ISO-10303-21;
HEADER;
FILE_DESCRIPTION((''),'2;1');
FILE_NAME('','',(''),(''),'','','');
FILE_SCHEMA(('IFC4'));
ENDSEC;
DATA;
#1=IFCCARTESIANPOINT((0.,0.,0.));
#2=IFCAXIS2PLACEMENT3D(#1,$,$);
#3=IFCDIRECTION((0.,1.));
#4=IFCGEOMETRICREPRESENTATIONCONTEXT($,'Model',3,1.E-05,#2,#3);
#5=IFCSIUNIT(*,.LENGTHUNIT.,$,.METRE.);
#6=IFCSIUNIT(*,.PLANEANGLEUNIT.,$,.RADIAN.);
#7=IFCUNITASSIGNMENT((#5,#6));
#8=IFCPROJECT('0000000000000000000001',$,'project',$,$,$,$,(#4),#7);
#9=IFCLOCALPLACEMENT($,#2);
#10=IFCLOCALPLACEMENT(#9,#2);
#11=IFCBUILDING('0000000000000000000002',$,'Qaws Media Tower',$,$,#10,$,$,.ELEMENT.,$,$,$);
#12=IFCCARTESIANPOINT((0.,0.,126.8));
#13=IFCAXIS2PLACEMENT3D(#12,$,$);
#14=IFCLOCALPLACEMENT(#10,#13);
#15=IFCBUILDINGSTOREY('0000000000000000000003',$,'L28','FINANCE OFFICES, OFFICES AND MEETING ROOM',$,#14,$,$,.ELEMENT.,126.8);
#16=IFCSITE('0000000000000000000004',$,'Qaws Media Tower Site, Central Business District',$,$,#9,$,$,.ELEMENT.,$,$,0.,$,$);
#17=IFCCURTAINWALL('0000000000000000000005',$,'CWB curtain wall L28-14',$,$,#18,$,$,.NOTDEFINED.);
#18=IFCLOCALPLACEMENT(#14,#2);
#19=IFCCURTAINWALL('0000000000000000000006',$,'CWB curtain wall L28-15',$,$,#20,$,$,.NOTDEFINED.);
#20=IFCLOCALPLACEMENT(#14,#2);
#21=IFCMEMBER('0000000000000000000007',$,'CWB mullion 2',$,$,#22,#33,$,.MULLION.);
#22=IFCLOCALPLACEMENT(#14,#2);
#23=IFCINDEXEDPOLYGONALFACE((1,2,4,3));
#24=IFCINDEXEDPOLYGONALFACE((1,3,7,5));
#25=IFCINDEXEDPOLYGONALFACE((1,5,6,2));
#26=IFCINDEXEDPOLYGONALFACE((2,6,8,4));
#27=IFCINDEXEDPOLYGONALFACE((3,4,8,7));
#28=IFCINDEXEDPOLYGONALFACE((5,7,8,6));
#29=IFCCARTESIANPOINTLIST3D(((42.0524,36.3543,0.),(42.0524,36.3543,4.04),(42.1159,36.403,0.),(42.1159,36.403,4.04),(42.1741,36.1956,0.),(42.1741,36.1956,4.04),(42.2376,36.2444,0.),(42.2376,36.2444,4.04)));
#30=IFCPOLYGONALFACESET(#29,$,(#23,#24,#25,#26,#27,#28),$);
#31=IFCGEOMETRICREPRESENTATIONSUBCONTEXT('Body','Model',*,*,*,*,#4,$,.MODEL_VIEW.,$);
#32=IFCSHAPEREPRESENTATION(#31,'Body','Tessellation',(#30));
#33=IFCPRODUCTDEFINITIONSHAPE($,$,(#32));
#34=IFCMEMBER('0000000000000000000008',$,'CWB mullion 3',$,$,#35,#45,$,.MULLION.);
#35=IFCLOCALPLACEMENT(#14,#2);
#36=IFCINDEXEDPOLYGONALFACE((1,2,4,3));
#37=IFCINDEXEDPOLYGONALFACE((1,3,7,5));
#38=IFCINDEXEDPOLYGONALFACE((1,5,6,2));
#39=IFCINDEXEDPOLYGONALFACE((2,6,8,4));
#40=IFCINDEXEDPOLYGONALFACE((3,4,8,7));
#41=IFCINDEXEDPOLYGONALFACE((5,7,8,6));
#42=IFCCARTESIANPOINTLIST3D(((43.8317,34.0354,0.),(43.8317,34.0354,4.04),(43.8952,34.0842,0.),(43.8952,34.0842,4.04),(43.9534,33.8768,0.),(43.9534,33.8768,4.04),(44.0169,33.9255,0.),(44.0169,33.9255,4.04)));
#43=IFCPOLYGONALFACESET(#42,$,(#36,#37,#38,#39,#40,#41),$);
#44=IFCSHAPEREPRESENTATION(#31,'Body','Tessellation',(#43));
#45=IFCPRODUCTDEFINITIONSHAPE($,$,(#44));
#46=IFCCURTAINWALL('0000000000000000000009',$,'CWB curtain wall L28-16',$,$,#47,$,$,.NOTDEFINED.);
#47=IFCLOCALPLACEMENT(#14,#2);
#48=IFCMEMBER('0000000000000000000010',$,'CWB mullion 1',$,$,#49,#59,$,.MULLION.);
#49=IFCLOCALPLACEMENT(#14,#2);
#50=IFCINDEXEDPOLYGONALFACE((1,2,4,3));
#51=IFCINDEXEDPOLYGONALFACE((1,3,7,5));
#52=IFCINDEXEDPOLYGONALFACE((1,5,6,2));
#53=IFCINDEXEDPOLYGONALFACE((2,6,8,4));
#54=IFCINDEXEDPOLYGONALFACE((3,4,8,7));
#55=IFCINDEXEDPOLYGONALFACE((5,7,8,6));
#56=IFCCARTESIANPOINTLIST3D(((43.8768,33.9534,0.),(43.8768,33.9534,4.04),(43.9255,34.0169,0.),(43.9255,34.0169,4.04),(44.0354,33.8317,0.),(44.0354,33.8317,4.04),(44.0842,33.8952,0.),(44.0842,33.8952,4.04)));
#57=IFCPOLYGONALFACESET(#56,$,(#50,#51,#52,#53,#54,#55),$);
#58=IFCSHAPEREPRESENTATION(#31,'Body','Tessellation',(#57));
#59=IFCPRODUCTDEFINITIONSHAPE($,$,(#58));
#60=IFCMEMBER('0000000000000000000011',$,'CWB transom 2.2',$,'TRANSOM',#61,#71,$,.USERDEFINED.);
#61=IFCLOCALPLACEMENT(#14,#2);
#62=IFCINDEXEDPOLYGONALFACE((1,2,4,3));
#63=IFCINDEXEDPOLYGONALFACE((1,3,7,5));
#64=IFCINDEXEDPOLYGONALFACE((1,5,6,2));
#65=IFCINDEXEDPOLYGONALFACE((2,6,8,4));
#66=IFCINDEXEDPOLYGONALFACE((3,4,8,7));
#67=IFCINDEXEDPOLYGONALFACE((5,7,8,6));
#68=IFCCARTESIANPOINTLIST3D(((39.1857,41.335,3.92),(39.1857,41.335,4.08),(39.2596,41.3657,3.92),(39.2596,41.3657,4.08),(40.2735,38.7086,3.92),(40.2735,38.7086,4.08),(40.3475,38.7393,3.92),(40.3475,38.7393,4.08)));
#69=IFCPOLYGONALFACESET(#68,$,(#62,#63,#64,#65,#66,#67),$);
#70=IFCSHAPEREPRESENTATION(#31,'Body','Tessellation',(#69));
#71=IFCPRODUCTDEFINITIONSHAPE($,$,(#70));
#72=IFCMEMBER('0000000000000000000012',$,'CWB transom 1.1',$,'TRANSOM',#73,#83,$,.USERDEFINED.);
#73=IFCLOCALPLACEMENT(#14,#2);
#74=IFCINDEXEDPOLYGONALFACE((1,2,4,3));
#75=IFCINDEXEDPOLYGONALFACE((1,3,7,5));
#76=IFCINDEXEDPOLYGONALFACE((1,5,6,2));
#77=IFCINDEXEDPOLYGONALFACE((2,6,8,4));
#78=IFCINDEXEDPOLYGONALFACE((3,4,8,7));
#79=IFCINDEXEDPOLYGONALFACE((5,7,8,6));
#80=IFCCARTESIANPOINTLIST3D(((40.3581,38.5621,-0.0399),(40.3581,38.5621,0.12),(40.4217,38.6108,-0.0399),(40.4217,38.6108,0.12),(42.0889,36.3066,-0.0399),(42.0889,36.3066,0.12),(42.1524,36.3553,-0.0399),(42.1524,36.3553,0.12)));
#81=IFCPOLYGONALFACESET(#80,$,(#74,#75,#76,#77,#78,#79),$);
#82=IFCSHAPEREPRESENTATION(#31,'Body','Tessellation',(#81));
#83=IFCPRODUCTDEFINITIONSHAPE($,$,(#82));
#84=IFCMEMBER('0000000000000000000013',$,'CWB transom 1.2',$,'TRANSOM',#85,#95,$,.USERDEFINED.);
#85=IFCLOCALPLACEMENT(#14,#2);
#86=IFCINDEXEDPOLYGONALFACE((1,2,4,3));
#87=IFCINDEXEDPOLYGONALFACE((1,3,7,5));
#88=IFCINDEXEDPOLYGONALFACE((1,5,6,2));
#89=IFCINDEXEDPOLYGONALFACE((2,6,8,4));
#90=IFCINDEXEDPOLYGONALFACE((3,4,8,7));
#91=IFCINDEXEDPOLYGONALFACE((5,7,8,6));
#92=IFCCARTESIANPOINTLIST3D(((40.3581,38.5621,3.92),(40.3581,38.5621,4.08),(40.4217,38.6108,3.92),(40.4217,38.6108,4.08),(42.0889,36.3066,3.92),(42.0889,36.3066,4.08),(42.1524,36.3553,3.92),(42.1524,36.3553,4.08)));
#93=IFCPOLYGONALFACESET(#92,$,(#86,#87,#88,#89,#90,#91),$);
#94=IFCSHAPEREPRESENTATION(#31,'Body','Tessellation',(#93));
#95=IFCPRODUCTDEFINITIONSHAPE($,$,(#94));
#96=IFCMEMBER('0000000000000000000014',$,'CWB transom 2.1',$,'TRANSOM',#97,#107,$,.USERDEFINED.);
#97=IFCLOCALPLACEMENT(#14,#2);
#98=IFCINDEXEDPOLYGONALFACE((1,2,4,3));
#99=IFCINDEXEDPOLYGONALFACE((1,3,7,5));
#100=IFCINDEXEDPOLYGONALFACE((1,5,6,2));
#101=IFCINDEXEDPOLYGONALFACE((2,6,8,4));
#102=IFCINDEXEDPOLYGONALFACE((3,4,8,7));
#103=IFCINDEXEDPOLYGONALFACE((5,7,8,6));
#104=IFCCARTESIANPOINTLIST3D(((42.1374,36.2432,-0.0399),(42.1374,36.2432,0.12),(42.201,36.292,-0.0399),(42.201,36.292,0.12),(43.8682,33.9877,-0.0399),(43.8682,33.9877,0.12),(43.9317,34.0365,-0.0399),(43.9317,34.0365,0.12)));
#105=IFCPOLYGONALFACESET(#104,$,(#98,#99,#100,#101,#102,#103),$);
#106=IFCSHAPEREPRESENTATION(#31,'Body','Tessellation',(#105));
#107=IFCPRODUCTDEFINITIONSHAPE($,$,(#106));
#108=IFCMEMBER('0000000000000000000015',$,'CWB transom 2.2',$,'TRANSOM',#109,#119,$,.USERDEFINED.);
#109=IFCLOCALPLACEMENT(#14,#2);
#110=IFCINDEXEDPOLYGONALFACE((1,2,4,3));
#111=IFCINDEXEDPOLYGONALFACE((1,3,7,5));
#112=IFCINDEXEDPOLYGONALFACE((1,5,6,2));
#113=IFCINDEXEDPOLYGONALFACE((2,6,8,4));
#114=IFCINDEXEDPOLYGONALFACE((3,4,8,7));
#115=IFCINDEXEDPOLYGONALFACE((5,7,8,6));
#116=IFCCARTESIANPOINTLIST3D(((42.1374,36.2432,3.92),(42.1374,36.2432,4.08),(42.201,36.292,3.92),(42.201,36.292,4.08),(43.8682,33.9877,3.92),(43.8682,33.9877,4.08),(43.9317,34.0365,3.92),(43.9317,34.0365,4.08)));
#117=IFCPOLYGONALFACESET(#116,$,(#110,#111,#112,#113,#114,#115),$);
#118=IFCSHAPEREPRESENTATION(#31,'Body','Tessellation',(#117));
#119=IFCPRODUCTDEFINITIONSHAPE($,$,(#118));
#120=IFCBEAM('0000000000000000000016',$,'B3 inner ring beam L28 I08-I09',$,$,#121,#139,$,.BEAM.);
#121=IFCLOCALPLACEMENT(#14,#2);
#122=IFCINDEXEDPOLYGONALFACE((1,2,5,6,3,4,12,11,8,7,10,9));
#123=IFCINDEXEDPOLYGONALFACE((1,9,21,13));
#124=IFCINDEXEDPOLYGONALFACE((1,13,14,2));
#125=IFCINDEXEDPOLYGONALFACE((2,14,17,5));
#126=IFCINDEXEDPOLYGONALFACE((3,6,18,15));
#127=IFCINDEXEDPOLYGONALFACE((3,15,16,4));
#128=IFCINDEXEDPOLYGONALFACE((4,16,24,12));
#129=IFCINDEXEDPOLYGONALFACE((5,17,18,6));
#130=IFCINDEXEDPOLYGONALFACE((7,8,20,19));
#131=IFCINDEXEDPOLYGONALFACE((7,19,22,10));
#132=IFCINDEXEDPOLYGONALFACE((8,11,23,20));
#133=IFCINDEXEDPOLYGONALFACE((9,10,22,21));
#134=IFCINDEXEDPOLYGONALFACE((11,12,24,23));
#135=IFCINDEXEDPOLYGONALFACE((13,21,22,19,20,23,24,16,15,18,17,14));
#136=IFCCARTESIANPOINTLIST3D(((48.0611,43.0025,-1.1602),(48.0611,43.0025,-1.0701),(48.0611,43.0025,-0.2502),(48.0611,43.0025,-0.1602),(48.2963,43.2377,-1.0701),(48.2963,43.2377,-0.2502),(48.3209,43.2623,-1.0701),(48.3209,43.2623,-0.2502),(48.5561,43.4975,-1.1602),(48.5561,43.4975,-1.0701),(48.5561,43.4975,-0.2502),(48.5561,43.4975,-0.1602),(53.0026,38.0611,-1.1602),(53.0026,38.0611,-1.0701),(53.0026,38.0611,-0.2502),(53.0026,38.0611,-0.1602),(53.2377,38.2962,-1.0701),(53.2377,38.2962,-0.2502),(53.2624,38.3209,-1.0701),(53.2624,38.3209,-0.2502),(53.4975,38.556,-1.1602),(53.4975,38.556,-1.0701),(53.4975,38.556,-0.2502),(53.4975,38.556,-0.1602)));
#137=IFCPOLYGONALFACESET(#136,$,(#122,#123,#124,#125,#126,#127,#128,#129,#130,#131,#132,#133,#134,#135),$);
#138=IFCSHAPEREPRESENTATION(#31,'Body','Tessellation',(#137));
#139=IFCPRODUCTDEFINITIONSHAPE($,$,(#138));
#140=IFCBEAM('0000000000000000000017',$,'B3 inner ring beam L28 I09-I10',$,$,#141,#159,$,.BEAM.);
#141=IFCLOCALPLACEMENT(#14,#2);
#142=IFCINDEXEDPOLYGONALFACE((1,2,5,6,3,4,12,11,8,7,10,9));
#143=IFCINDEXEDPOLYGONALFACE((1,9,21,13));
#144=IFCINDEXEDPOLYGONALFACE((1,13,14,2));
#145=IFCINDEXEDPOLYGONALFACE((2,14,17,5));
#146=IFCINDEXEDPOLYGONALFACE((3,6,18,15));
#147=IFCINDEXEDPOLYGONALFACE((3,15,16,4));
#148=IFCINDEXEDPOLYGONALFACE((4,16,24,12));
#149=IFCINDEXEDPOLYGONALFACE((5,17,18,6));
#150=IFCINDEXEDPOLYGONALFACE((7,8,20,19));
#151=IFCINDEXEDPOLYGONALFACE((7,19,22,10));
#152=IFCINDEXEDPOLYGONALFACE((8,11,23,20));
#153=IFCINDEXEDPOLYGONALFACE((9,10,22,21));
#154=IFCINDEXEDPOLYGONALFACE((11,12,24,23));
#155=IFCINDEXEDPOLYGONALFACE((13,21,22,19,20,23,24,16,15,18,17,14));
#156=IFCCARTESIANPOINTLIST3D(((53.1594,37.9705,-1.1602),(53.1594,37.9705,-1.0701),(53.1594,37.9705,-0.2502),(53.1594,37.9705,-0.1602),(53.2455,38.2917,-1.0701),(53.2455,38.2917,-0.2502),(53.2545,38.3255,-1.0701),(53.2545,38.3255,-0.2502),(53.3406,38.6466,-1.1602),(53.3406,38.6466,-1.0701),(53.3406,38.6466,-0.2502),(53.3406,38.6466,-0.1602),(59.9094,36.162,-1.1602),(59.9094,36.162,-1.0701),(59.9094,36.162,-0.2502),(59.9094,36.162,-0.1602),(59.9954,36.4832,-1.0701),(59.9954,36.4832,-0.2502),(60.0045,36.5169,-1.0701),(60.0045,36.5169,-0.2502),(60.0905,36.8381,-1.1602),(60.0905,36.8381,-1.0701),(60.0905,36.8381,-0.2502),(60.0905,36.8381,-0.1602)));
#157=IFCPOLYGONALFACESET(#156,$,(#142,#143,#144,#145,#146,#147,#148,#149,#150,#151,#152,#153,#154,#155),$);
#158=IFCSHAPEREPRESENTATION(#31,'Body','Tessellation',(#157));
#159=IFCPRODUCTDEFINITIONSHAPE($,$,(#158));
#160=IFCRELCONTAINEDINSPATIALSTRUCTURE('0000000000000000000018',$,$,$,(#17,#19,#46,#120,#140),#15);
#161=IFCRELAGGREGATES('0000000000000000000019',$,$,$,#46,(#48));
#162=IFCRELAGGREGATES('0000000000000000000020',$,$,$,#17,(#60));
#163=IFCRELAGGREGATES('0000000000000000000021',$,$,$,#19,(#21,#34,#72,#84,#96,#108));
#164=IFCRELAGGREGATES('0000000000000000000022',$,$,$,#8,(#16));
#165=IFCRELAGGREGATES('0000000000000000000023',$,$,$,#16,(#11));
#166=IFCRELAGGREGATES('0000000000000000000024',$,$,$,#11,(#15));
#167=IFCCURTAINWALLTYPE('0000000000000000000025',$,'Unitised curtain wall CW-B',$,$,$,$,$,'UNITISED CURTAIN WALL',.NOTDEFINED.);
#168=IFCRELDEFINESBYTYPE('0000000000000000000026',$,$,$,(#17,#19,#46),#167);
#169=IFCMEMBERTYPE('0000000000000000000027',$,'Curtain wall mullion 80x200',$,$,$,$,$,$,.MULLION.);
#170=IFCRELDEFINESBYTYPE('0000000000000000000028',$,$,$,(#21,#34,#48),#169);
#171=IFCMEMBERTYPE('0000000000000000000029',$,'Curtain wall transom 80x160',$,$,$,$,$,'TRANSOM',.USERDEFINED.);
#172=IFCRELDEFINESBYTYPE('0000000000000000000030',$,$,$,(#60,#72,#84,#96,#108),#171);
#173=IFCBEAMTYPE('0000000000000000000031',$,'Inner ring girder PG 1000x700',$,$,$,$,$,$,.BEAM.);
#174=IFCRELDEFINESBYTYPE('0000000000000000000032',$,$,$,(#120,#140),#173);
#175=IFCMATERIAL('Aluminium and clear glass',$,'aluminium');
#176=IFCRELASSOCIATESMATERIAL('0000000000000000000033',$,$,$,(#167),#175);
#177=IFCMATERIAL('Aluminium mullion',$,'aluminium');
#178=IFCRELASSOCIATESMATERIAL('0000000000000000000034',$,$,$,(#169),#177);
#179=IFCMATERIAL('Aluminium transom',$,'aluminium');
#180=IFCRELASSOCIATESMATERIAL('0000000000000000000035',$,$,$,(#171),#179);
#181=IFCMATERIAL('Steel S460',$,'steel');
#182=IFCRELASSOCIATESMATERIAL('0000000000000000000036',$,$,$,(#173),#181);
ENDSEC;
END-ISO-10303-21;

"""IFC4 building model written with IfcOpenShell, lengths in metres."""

from ifc_helpers import new_model, si_unit, direction, frame, origin, origin_2d, place, context, subcontext, project, spatial, rectangle, i_section, extrude, material, material_profile, profile_set, type_object, element, aggregate, save


model = new_model("IFC4")

# Units and contexts
model_context = context("Model", 3, precision=1e-05, world=origin(), true_north=direction((0.0, 1.0)))
body_context = subcontext(model_context, "Body", "Model", "MODEL_VIEW")
ifc_project = project(units=[si_unit("LENGTHUNIT", "METRE"), si_unit("PLANEANGLEUNIT", "RADIAN")], contexts=[model_context])

# Site, building, storey
site_placement = place(None, origin())
site = spatial("IfcSite", under=ifc_project, at=site_placement, Name="Qaws Media Tower Site, Central Business District", CompositionType="ELEMENT", RefElevation=0.0)
building_placement = place(site_placement, origin())
building = spatial("IfcBuilding", under=site, at=building_placement, Name="Qaws Media Tower", CompositionType="ELEMENT")
storey_placement = place(building_placement, frame((0.0, 0.0, 126.8)))
storey = spatial("IfcBuildingStorey", under=building, at=storey_placement, Name="L28", Description="FINANCE OFFICES, OFFICES AND MEETING ROOM", CompositionType="ELEMENT", Elevation=126.8)

# Curtain wall
ifc_material_1 = material(Name="Aluminium and clear glass", Category="aluminium")
curtain_wall_type = type_object("IfcCurtainWallType", Name="Unitised curtain wall CW-B", ElementType="UNITISED CURTAIN WALL", PredefinedType="NOTDEFINED", material=ifc_material_1)
curtain_wall_1_placement = place(storey_placement, origin())
curtain_wall_1 = element("IfcCurtainWall", 1, at=curtain_wall_1_placement, inside=storey, type_object=curtain_wall_type, Name="CWB curtain wall L28-14", PredefinedType="NOTDEFINED")
ifc_material_2 = material(Name="Aluminium mullion", Category="aluminium")
ifc_material_profile_1 = material_profile(ifc_material_2, rectangle(XDim=0.0801, YDim=0.2, at=origin_2d()), Name="80x200")
ifc_profile_set_1 = profile_set([ifc_material_profile_1], Name="Aluminium mullion")
member_type_1 = type_object("IfcMemberType", Name="Curtain wall mullion 80x200", PredefinedType="MULLION", material=ifc_profile_set_1)

# Curtain wall, members
curtain_wall_2_placement = place(storey_placement, origin())
curtain_wall_2 = element("IfcCurtainWall", 2, at=curtain_wall_2_placement, inside=storey, type_object=curtain_wall_type, Name="CWB curtain wall L28-15", PredefinedType="NOTDEFINED")
member_1_placement = place(storey_placement, frame((42.145, 36.2993, 0.0), z_axis=(0.0, 0.0, 1.0), x_axis=(0.793353, 0.608761, 0.0)))
member_1 = element("IfcMember", 3, at=member_1_placement, type_object=member_type_1, Name="CWB mullion 2", PredefinedType="MULLION", context=body_context, shape_type="SweptSolid", body=[
    extrude(rectangle(XDim=0.0801, YDim=0.2, at=origin_2d()), origin(), (0.0, 0.0, 1.0), 4.04),
])
member_2_placement = place(storey_placement, frame((43.9243, 33.9805, 0.0), z_axis=(0.0, 0.0, 1.0), x_axis=(0.793353, 0.608761, 0.0)))
member_2 = element("IfcMember", 4, at=member_2_placement, type_object=member_type_1, Name="CWB mullion 3", PredefinedType="MULLION", context=body_context, shape_type="SweptSolid", body=[
    extrude(rectangle(XDim=0.0801, YDim=0.2, at=origin_2d()), origin(), (0.0, 0.0, 1.0), 4.04),
])

# Curtain wall, member
curtain_wall_3_placement = place(storey_placement, origin())
curtain_wall_3 = element("IfcCurtainWall", 5, at=curtain_wall_3_placement, inside=storey, type_object=curtain_wall_type, Name="CWB curtain wall L28-16", PredefinedType="NOTDEFINED")
member_3_placement = place(storey_placement, frame((43.9805, 33.9243, 0.0), z_axis=(0.0, 0.0, 1.0), x_axis=(0.608761, 0.793353, 0.0)))
member_3 = element("IfcMember", 6, at=member_3_placement, type_object=member_type_1, Name="CWB mullion 1", PredefinedType="MULLION", context=body_context, shape_type="SweptSolid", body=[
    extrude(rectangle(XDim=0.0801, YDim=0.2, at=origin_2d()), origin(), (0.0, 0.0, 1.0), 4.04),
])
aggregate(curtain_wall_3, [member_3])

# Members
ifc_material_3 = material(Name="Aluminium transom", Category="aluminium")
ifc_material_profile_2 = material_profile(ifc_material_3, rectangle(XDim=0.0801, YDim=0.1599, at=origin_2d()), Name="80x160")
ifc_profile_set_2 = profile_set([ifc_material_profile_2], Name="Aluminium transom")
member_type_2 = type_object("IfcMemberType", Name="Curtain wall transom 80x160", ElementType="TRANSOM", PredefinedType="USERDEFINED", material=ifc_profile_set_2)
member_4_placement = place(storey_placement, frame((39.2227, 41.3503, 4.0), z_axis=(0.382675, -0.923883, 0.0), x_axis=(0.923883, 0.382675, 0.0)))
member_4 = element("IfcMember", 7, at=member_4_placement, type_object=member_type_2, Name="CWB transom 2.2", ObjectType="TRANSOM", PredefinedType="USERDEFINED", context=body_context, shape_type="SweptSolid", body=[
    extrude(rectangle(XDim=0.0801, YDim=0.1599, at=origin_2d()), origin(), (0.0, 0.0, 1.0), 2.8428),
])
member_5_placement = place(storey_placement, frame((40.3899, 38.5864, 0.04), z_axis=(0.608785, -0.793335, 0.0), x_axis=(0.793335, 0.608785, 0.0)))
member_5 = element("IfcMember", 8, at=member_5_placement, type_object=member_type_2, Name="CWB transom 1.1", ObjectType="TRANSOM", PredefinedType="USERDEFINED", context=body_context, shape_type="SweptSolid", body=[
    extrude(rectangle(XDim=0.0801, YDim=0.1599, at=origin_2d()), origin(), (0.0, 0.0, 1.0), 2.843),
])
member_6_placement = place(storey_placement, frame((40.3899, 38.5864, 4.0), z_axis=(0.608785, -0.793335, 0.0), x_axis=(0.793335, 0.608785, 0.0)))
member_6 = element("IfcMember", 9, at=member_6_placement, type_object=member_type_2, Name="CWB transom 1.2", ObjectType="TRANSOM", PredefinedType="USERDEFINED", context=body_context, shape_type="SweptSolid", body=[
    extrude(rectangle(XDim=0.0801, YDim=0.1599, at=origin_2d()), origin(), (0.0, 0.0, 1.0), 2.843),
])
member_7_placement = place(storey_placement, frame((42.1692, 36.2676, 0.04), z_axis=(0.608785, -0.793335, 0.0), x_axis=(0.793335, 0.608785, 0.0)))
member_7 = element("IfcMember", 10, at=member_7_placement, type_object=member_type_2, Name="CWB transom 2.1", ObjectType="TRANSOM", PredefinedType="USERDEFINED", context=body_context, shape_type="SweptSolid", body=[
    extrude(rectangle(XDim=0.0801, YDim=0.1599, at=origin_2d()), origin(), (0.0, 0.0, 1.0), 2.843),
])
member_8_placement = place(storey_placement, frame((42.1692, 36.2676, 4.0), z_axis=(0.608785, -0.793335, 0.0), x_axis=(0.793335, 0.608785, 0.0)))
member_8 = element("IfcMember", 11, at=member_8_placement, type_object=member_type_2, Name="CWB transom 2.2", ObjectType="TRANSOM", PredefinedType="USERDEFINED", context=body_context, shape_type="SweptSolid", body=[
    extrude(rectangle(XDim=0.0801, YDim=0.1599, at=origin_2d()), origin(), (0.0, 0.0, 1.0), 2.843),
])

# Beams
ifc_material_4 = material(Name="Steel S460", Category="steel")
ifc_material_profile_3 = material_profile(ifc_material_4, i_section(OverallWidth=0.7, OverallDepth=1.0, WebThickness=0.0349, FlangeThickness=0.0901, at=origin_2d()), Name="PG 1000x700")
ifc_profile_set_3 = profile_set([ifc_material_profile_3], Name="Steel S460")
beam_type_1 = type_object("IfcBeamType", Name="Inner ring girder PG 1000x700", PredefinedType="BEAM", material=ifc_profile_set_3)
beam_1_placement = place(storey_placement, frame((48.3086, 43.25, -0.6602), z_axis=(0.707107, -0.707107, 0.0), x_axis=(0.707107, 0.707107, 0.0)))
element("IfcBeam", 12, at=beam_1_placement, inside=storey, type_object=beam_type_1, Name="B3 inner ring beam L28 I08-I09", PredefinedType="BEAM", context=body_context, shape_type="SweptSolid", body=[
    extrude(i_section(OverallWidth=0.7, OverallDepth=1.0, WebThickness=0.0349, FlangeThickness=0.0901, at=origin_2d()), origin(), (0.0, 0.0, 1.0), 6.9883),
])
beam_2_placement = place(storey_placement, frame((53.25, 38.3086, -0.6602), z_axis=(0.965928, -0.258811, 0.0), x_axis=(0.258811, 0.965928, 0.0)))
element("IfcBeam", 13, at=beam_2_placement, inside=storey, type_object=beam_type_1, Name="B3 inner ring beam L28 I09-I10", PredefinedType="BEAM", context=body_context, shape_type="SweptSolid", body=[
    extrude(i_section(OverallWidth=0.7, OverallDepth=1.0, WebThickness=0.0349, FlangeThickness=0.0901, at=origin_2d()), origin(), (0.0, 0.0, 1.0), 6.988),
])

aggregate(curtain_wall_1, [member_4])
aggregate(curtain_wall_2, [member_1, member_2, member_5, member_6, member_7, member_8])

save(model, "model.ifc")
